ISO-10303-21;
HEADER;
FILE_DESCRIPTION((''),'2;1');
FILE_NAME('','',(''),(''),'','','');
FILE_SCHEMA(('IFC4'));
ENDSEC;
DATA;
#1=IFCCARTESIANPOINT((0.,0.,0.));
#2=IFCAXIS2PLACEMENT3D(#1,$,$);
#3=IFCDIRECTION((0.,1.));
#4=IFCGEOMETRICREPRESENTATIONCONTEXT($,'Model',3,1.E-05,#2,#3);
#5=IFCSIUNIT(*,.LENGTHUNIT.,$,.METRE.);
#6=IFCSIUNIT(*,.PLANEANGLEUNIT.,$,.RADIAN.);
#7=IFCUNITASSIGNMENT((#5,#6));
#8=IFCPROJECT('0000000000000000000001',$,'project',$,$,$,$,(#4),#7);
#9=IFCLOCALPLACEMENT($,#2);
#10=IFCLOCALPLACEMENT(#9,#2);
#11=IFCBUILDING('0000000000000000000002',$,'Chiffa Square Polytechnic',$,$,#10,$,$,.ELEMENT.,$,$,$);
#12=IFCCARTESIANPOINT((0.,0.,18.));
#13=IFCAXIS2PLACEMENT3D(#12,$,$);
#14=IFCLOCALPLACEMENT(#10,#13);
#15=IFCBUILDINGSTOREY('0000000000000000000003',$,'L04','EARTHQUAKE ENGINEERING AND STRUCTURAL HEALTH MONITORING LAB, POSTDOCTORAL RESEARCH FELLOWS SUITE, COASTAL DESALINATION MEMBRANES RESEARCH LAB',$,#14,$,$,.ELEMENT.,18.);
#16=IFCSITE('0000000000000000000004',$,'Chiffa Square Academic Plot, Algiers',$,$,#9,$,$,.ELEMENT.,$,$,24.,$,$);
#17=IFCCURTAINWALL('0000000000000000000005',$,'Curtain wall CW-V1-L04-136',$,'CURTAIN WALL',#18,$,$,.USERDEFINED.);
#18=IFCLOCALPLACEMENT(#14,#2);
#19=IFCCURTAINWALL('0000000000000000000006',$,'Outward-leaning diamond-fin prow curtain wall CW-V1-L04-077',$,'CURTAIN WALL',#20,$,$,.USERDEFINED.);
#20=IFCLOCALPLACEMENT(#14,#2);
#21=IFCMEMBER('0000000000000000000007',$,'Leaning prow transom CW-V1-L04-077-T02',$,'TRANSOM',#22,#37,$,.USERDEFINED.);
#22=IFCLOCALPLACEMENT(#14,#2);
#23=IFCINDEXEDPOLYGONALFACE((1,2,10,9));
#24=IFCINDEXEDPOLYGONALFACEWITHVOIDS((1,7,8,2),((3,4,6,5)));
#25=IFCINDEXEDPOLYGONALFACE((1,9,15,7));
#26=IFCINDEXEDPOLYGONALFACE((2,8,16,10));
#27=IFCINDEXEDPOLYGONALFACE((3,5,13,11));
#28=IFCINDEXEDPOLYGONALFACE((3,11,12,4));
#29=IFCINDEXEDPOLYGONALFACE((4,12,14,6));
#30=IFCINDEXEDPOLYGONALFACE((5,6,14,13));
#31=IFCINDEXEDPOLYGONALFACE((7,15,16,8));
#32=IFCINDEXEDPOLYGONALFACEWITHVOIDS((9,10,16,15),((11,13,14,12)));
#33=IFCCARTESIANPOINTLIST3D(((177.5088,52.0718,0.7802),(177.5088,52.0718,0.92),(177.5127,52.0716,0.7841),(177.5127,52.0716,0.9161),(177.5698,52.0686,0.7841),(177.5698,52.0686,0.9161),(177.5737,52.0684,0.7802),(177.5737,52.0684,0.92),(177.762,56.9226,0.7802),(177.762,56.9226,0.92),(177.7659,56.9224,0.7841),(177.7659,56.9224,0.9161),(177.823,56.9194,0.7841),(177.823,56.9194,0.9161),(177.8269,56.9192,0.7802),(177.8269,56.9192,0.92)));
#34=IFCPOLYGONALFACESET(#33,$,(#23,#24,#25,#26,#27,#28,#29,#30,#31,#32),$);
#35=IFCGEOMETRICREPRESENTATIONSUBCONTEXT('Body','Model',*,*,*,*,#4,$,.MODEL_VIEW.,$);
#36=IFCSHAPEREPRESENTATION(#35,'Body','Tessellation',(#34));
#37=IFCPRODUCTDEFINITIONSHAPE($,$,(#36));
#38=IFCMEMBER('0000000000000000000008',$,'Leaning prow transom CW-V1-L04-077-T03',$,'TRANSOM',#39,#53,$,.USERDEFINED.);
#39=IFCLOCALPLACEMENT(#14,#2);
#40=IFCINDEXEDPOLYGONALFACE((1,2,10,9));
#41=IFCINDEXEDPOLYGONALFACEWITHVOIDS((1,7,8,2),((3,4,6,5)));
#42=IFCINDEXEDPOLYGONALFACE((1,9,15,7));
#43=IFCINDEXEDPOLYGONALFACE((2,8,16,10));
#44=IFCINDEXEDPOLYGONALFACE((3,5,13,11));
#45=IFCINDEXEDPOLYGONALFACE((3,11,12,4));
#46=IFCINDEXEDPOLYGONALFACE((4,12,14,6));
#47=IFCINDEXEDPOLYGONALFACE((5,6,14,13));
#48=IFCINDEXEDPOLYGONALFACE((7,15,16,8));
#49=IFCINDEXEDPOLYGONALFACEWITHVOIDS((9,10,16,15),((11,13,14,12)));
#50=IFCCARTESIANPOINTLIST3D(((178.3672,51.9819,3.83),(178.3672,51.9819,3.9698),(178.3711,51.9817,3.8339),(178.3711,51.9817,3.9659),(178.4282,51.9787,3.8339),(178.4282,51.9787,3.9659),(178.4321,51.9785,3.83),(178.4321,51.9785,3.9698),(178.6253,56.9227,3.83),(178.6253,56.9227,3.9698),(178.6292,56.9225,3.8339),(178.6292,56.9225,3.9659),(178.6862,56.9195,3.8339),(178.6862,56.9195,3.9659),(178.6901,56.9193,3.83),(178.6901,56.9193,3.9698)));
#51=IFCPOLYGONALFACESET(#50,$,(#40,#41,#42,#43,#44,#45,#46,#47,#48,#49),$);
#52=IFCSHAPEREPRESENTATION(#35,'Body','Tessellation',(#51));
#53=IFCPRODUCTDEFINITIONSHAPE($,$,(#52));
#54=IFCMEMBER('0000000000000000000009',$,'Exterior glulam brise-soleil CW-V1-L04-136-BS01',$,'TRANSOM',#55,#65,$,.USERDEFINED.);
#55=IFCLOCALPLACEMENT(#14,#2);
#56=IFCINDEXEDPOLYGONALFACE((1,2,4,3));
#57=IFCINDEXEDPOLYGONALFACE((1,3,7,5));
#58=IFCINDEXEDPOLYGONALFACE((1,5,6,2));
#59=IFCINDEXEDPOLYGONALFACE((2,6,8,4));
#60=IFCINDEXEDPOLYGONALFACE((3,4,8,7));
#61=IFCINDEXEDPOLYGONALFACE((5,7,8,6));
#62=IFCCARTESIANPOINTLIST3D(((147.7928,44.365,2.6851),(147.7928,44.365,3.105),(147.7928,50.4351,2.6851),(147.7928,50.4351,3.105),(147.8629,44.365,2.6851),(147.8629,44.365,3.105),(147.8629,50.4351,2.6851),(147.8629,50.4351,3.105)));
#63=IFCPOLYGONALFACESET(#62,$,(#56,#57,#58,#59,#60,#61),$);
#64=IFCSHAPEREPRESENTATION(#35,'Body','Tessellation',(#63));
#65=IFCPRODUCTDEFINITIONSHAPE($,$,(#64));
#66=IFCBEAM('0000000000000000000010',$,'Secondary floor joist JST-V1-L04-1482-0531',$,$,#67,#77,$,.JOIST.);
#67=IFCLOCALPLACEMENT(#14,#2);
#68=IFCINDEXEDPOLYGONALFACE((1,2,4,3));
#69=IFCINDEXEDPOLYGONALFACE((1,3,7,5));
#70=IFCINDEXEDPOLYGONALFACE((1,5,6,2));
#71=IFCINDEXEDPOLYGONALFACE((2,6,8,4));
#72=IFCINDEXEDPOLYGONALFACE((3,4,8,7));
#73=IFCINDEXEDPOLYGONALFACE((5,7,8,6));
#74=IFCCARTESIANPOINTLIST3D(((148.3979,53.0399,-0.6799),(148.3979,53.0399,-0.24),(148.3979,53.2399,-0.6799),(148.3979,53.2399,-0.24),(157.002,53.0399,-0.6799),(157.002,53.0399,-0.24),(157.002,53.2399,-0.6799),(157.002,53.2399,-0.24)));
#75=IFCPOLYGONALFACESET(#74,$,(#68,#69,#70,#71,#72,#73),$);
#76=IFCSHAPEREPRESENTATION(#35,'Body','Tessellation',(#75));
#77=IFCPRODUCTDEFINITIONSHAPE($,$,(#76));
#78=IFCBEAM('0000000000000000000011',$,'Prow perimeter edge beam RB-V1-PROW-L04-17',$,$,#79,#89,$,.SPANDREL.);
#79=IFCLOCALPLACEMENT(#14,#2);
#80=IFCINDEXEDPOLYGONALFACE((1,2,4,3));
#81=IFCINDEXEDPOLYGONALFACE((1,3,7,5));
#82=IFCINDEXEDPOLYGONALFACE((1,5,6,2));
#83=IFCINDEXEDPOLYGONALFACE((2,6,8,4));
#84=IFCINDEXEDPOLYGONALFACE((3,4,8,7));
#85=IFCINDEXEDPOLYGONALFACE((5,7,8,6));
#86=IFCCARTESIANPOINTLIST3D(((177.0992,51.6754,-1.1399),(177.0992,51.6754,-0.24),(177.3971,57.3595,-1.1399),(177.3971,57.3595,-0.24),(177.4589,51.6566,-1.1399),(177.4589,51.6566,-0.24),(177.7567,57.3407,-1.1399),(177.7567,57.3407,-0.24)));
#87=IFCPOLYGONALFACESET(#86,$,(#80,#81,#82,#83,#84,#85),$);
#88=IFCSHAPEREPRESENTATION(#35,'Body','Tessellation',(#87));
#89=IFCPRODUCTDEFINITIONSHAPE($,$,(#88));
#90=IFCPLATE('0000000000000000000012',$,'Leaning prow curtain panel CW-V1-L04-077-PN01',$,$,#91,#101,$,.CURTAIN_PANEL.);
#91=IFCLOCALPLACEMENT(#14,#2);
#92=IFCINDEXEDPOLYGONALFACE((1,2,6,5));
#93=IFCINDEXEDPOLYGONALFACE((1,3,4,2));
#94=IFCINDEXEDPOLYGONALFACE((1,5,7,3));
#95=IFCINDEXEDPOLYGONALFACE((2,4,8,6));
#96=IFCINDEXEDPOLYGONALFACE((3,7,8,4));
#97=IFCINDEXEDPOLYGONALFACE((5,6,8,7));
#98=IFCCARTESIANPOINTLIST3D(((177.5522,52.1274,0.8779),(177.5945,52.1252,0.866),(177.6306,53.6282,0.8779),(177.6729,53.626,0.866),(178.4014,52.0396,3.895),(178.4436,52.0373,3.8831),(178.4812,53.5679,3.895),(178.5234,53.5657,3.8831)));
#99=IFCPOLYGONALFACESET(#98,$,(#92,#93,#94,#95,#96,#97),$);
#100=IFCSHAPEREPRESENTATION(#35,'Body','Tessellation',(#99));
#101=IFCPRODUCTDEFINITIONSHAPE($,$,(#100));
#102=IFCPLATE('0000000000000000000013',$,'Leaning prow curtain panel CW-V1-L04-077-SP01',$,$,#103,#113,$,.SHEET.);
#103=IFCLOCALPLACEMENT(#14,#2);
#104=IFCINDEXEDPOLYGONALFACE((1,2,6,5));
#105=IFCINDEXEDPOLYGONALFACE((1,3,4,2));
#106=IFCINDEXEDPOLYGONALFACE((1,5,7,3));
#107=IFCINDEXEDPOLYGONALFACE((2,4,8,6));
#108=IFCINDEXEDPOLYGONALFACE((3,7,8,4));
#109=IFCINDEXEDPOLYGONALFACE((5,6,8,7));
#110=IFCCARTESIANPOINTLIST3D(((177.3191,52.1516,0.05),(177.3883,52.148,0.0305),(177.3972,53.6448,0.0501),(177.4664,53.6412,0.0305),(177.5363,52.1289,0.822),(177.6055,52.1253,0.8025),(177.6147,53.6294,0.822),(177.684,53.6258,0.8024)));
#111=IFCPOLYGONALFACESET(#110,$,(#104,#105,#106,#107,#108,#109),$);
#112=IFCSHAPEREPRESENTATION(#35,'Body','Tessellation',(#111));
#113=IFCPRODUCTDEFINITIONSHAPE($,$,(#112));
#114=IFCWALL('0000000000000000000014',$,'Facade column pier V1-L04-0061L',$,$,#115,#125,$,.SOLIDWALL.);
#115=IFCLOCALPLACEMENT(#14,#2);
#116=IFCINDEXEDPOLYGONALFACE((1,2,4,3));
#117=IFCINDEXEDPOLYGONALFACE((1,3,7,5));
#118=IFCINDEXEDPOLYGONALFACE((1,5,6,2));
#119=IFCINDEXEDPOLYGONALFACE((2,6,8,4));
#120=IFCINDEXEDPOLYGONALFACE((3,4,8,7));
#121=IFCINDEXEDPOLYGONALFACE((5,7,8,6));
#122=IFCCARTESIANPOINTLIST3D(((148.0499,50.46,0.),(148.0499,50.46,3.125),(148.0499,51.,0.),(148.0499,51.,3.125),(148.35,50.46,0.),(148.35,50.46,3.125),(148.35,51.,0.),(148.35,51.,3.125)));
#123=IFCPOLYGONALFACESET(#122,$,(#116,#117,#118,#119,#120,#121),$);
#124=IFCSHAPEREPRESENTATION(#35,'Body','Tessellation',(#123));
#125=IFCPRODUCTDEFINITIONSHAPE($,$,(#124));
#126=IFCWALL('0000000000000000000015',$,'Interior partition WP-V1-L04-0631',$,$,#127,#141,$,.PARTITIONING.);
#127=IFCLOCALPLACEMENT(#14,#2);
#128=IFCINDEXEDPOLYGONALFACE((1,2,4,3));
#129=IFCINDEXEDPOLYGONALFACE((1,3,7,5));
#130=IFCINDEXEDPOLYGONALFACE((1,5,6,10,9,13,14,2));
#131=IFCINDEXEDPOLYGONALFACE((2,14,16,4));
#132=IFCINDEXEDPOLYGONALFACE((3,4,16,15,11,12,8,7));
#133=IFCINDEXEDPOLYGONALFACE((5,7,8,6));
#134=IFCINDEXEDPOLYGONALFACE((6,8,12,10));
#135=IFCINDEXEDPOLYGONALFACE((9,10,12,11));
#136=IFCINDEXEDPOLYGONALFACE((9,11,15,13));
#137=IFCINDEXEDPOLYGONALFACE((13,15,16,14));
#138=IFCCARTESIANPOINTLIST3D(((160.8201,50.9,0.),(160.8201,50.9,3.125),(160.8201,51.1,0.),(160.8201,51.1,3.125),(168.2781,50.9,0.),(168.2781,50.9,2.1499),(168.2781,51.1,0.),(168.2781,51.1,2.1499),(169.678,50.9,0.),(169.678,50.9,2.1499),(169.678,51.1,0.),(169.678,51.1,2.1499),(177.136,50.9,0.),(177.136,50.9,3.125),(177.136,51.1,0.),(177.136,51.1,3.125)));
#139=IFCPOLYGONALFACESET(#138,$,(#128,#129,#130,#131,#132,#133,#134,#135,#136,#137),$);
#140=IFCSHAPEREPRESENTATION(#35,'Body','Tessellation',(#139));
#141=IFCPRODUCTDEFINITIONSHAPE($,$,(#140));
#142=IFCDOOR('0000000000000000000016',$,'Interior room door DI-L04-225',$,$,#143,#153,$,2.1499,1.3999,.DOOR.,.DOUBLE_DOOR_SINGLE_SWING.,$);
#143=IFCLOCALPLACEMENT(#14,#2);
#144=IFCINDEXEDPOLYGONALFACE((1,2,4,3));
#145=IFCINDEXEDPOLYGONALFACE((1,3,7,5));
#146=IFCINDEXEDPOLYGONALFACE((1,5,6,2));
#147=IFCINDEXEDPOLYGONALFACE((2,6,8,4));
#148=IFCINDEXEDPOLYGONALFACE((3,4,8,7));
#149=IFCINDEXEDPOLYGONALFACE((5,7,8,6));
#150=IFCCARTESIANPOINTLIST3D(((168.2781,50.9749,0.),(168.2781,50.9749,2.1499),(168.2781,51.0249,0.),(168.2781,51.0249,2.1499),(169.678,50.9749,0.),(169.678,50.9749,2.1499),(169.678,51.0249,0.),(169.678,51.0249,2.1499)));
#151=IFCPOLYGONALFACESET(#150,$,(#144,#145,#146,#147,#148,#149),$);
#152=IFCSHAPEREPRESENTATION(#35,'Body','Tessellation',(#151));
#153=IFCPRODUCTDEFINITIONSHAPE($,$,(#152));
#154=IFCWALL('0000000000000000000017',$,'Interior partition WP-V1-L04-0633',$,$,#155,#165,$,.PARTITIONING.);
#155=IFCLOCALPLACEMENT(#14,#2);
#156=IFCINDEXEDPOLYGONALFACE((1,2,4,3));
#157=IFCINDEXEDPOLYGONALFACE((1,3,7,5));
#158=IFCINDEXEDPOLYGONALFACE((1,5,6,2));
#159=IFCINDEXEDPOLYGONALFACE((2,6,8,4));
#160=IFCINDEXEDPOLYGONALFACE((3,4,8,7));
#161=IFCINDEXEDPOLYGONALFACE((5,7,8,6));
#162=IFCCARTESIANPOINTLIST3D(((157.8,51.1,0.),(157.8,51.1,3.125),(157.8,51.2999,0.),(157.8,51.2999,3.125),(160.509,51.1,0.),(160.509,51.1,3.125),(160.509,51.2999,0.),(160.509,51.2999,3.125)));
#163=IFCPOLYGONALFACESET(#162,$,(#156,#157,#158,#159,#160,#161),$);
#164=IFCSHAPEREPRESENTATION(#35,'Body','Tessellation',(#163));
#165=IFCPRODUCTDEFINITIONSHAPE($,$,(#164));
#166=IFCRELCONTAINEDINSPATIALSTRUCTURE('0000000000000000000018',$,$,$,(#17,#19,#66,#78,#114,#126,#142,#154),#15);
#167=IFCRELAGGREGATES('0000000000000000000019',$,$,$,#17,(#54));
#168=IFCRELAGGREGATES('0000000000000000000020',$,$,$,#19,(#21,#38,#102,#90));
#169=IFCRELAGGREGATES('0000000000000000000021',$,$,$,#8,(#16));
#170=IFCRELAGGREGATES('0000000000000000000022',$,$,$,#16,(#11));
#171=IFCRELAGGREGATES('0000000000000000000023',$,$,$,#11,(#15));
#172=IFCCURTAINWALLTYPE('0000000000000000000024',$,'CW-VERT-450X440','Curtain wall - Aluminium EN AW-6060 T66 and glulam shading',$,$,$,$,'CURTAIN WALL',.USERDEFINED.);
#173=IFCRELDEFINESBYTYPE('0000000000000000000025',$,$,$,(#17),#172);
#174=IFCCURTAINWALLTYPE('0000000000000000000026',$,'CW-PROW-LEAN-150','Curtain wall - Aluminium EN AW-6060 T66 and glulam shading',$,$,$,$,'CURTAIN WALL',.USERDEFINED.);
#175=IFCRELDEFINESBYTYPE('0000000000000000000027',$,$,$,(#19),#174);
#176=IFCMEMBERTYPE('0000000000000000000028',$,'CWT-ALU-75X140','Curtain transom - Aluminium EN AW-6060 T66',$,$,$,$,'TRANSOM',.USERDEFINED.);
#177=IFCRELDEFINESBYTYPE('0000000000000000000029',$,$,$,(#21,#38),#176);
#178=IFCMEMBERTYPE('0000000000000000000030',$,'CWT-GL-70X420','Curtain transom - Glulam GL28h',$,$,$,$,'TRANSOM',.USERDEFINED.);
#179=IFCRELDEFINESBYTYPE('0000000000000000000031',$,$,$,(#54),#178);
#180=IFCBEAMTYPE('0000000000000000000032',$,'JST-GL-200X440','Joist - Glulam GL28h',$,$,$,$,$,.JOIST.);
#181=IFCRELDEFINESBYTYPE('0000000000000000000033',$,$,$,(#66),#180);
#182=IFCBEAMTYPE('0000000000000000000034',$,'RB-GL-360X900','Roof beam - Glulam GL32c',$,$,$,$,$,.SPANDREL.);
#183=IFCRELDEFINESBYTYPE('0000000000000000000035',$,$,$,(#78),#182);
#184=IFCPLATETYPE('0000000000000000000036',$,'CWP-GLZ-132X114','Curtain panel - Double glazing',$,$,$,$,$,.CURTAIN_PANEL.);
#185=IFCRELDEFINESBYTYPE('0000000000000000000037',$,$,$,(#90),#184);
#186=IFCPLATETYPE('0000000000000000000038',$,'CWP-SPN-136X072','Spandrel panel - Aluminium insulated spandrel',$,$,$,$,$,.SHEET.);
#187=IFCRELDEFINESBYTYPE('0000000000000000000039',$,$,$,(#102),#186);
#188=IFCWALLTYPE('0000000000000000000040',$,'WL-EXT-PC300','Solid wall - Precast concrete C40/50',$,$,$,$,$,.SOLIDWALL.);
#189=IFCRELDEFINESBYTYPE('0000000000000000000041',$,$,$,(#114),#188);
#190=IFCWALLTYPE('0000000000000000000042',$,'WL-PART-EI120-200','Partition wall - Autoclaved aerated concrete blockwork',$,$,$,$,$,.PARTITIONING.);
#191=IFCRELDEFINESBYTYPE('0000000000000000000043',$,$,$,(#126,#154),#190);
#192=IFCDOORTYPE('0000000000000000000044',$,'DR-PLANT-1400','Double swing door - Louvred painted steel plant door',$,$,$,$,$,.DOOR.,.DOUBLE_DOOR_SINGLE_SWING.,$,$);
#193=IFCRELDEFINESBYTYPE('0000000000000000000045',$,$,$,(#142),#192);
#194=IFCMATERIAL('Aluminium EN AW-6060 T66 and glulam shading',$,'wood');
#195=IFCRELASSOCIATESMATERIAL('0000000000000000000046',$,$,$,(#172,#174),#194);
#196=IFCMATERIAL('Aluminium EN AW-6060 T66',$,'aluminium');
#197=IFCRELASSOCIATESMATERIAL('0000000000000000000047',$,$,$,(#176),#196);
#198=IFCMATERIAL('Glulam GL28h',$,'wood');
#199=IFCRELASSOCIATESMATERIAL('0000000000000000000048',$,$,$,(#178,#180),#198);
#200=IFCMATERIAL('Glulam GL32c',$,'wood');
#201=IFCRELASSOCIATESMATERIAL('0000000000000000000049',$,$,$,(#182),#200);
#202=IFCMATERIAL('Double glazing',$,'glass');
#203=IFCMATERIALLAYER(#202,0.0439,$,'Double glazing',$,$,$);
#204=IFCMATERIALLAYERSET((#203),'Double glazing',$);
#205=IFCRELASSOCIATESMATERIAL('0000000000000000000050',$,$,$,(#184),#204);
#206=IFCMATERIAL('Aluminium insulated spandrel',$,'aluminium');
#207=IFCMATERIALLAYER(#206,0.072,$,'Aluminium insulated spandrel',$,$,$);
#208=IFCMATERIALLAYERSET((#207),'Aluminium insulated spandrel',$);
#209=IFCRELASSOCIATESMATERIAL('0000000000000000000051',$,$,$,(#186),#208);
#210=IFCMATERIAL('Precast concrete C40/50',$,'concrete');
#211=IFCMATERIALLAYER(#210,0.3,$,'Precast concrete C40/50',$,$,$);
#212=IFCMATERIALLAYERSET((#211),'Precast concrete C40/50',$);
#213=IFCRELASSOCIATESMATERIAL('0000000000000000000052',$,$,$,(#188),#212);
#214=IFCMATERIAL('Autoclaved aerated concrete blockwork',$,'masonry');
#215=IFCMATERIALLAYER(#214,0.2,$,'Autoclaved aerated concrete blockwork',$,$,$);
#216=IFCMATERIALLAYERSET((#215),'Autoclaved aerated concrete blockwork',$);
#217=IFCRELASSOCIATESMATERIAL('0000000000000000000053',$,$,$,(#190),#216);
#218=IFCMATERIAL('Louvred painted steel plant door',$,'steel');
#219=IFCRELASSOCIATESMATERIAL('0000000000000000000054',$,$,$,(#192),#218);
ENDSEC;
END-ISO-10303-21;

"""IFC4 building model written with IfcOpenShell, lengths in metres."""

from ifc_helpers import new_model, si_unit, direction, frame, frame_2d, origin, origin_2d, place, context, subcontext, project, spatial, polyline, rectangle, hollow_rectangle, outline, extrude, material, layer, layer_set, material_profile, profile_set, type_object, element, fill, aggregate, save


model = new_model("IFC4")

# Units and contexts
model_context = context("Model", 3, precision=1e-05, world=origin(), true_north=direction((0.0, 1.0)))
body_context = subcontext(model_context, "Body", "Model", "MODEL_VIEW")
ifc_project = project(units=[si_unit("LENGTHUNIT", "METRE"), si_unit("PLANEANGLEUNIT", "RADIAN")], contexts=[model_context])

# Site, building, storey
site_placement = place(None, origin())
site = spatial("IfcSite", under=ifc_project, at=site_placement, Name="Chiffa Square Academic Plot, Algiers", CompositionType="ELEMENT", RefElevation=24.0)
building_placement = place(site_placement, origin())
building = spatial("IfcBuilding", under=site, at=building_placement, Name="Chiffa Square Polytechnic", CompositionType="ELEMENT")
storey_placement = place(building_placement, frame((0.0, 0.0, 18.0)))
storey = spatial("IfcBuildingStorey", under=building, at=storey_placement, Name="L04", Description="EARTHQUAKE ENGINEERING AND STRUCTURAL HEALTH MONITORING LAB, POSTDOCTORAL RESEARCH FELLOWS SUITE, COASTAL DESALINATION MEMBRANES RESEARCH LAB", CompositionType="ELEMENT", Elevation=18.0)

# Shared definitions
ifc_material_1 = material(Name="Glulam GL32c", Category="wood")

# Curtain walls
ifc_material_2 = material(Name="Aluminium EN AW-6060 T66 and glulam shading", Category="wood")
curtain_wall_type_1 = type_object("IfcCurtainWallType", Name="CW-VERT-450X440", Description="Curtain wall - Aluminium EN AW-6060 T66 and glulam shading", ElementType="CURTAIN WALL", PredefinedType="USERDEFINED", material=ifc_material_2)
curtain_wall_1_placement = place(storey_placement, origin())
curtain_wall_1 = element("IfcCurtainWall", 1, at=curtain_wall_1_placement, inside=storey, type_object=curtain_wall_type_1, Name="Curtain wall CW-V1-L04-136", ObjectType="CURTAIN WALL", PredefinedType="USERDEFINED")
ifc_material_3 = material(Name="Aluminium EN AW-6060 T66", Category="aluminium")
curtain_wall_type_2 = type_object("IfcCurtainWallType", Name="CW-PROW-LEAN-150", Description="Curtain wall - Aluminium EN AW-6060 T66 and glulam shading", ElementType="CURTAIN WALL", PredefinedType="USERDEFINED", material=ifc_material_2)
curtain_wall_2_placement = place(storey_placement, origin())
curtain_wall_2 = element("IfcCurtainWall", 2, at=curtain_wall_2_placement, inside=storey, type_object=curtain_wall_type_2, Name="Outward-leaning diamond-fin prow curtain wall CW-V1-L04-077", ObjectType="CURTAIN WALL", PredefinedType="USERDEFINED")

# Members
ifc_material_4 = material(Name="Glulam GL28h", Category="wood")
ifc_material_profile_1 = material_profile(ifc_material_3, hollow_rectangle(XDim=0.0649, YDim=0.1399, WallThickness=0.0039, at=origin_2d()), Name="ALU 65x140x4")
ifc_profile_set_1 = profile_set([ifc_material_profile_1], Name="Aluminium EN AW-6060 T66")
member_type_1 = type_object("IfcMemberType", Name="CWT-ALU-75X140", Description="Curtain transom - Aluminium EN AW-6060 T66", ElementType="TRANSOM", PredefinedType="USERDEFINED", material=ifc_profile_set_1)
member_1_placement = place(storey_placement, frame((177.5413, 52.0701, 0.8501), z_axis=(0.052121, 0.998641, 0.0), x_axis=(-0.998641, 0.052121, 0.0)))
member_1 = element("IfcMember", 3, at=member_1_placement, type_object=member_type_1, Name="Leaning prow transom CW-V1-L04-077-T02", ObjectType="TRANSOM", PredefinedType="USERDEFINED", context=body_context, shape_type="SweptSolid", body=[
    extrude(hollow_rectangle(XDim=0.0649, YDim=0.1399, WallThickness=0.0039, at=origin_2d()), origin(), (0.0, 0.0, 1.0), 4.8574),
])
member_2_placement = place(storey_placement, frame((178.3997, 51.9802, 3.8999), z_axis=(0.05216, 0.998639, 0.0), x_axis=(-0.998639, 0.05216, 0.0)))
member_2 = element("IfcMember", 4, at=member_2_placement, type_object=member_type_1, Name="Leaning prow transom CW-V1-L04-077-T03", ObjectType="TRANSOM", PredefinedType="USERDEFINED", context=body_context, shape_type="SweptSolid", body=[
    extrude(hollow_rectangle(XDim=0.0649, YDim=0.1399, WallThickness=0.0039, at=origin_2d()), origin(), (0.0, 0.0, 1.0), 4.9475),
])
ifc_material_profile_2 = material_profile(ifc_material_4, rectangle(XDim=0.0701, YDim=0.4199, at=origin_2d()), Name="GL28h 70x420")
ifc_profile_set_2 = profile_set([ifc_material_profile_2], Name="Glulam GL28h")
member_type_2 = type_object("IfcMemberType", Name="CWT-GL-70X420", Description="Curtain transom - Glulam GL28h", ElementType="TRANSOM", PredefinedType="USERDEFINED", material=ifc_profile_set_2)
member_3_placement = place(storey_placement, frame((147.8279, 50.4351, 2.895), z_axis=(0.0, -1.0, 0.0), x_axis=(1.0, 0.0, 0.0)))
member_3 = element("IfcMember", 5, at=member_3_placement, type_object=member_type_2, Name="Exterior glulam brise-soleil CW-V1-L04-136-BS01", ObjectType="TRANSOM", PredefinedType="USERDEFINED", context=body_context, shape_type="SweptSolid", body=[
    extrude(rectangle(XDim=0.0701, YDim=0.4199, at=origin_2d()), origin(), (0.0, 0.0, 1.0), 6.0701),
])
aggregate(curtain_wall_1, [member_3])

# Beams
ifc_material_profile_3 = material_profile(ifc_material_4, rectangle(XDim=0.2, YDim=0.4399, at=origin_2d()), Name="GL28h 200x440")
ifc_profile_set_3 = profile_set([ifc_material_profile_3], Name="Glulam GL28h")
beam_type_1 = type_object("IfcBeamType", Name="JST-GL-200X440", Description="Joist - Glulam GL28h", PredefinedType="JOIST", material=ifc_profile_set_3)
beam_1_placement = place(storey_placement, frame((148.3979, 53.1399, -0.46), z_axis=(1.0, 0.0, 0.0), x_axis=(0.0, 1.0, 0.0)))
element("IfcBeam", 6, at=beam_1_placement, inside=storey, type_object=beam_type_1, Name="Secondary floor joist JST-V1-L04-1482-0531", PredefinedType="JOIST", context=body_context, shape_type="SweptSolid", body=[
    extrude(rectangle(XDim=0.2, YDim=0.4399, at=origin_2d()), origin(), (0.0, 0.0, 1.0), 8.604),
])
ifc_material_profile_4 = material_profile(ifc_material_1, rectangle(XDim=0.3601, YDim=0.8999, at=origin_2d()), Name="GL32c 360x900")
ifc_profile_set_4 = profile_set([ifc_material_profile_4], Name="Glulam GL32c")
beam_type_2 = type_object("IfcBeamType", Name="RB-GL-360X900", Description="Roof beam - Glulam GL32c", PredefinedType="SPANDREL", material=ifc_profile_set_4)
beam_2_placement = place(storey_placement, frame((177.2791, 51.666, -0.6899), z_axis=(0.052329, 0.99863, 0.0), x_axis=(-0.99863, 0.052329, 0.0)))
element("IfcBeam", 7, at=beam_2_placement, inside=storey, type_object=beam_type_2, Name="Prow perimeter edge beam RB-V1-PROW-L04-17", PredefinedType="SPANDREL", context=body_context, shape_type="SweptSolid", body=[
    extrude(rectangle(XDim=0.3601, YDim=0.8999, at=origin_2d()), origin(), (0.0, 0.0, 1.0), 5.6919),
])

# Plates
ifc_material_5 = material(Name="Double glazing", Category="glass")
ifc_layer_1 = layer(ifc_material_5, 0.0439, Name="Double glazing")
ifc_layer_set_1 = layer_set([ifc_layer_1], Name="Double glazing")
plate_type_1 = type_object("IfcPlateType", Name="CWP-GLZ-132X114", Description="Curtain panel - Double glazing", PredefinedType="CURTAIN_PANEL", material=ifc_layer_set_1)
plate_1_placement = place(storey_placement, frame((177.5522, 52.1274, 0.8779), z_axis=(-0.961007, 0.050192, 0.271929), x_axis=(0.052157, 0.998639, -0.000002)))
plate_1 = element("IfcPlate", 8, at=plate_1_placement, type_object=plate_type_1, Name="Leaning prow curtain panel CW-V1-L04-077-PN01", PredefinedType="CURTAIN_PANEL", context=body_context, shape_type="SweptSolid", body=[
    extrude(outline(polyline([(0.0, 0.0), (1.5028, 0.0), (1.4869, -3.1352), (-0.0435, -3.1352), (0.0, 0.0)])), origin(), (0.0, 0.0, -1.0), 0.0439),
])
ifc_material_6 = material(Name="Aluminium insulated spandrel", Category="aluminium")
ifc_layer_2 = layer(ifc_material_6, 0.072, Name="Aluminium insulated spandrel")
ifc_layer_set_2 = layer_set([ifc_layer_2], Name="Aluminium insulated spandrel")
plate_type_2 = type_object("IfcPlateType", Name="CWP-SPN-136X072", Description="Spandrel panel - Aluminium insulated spandrel", PredefinedType="SHEET", material=ifc_layer_set_2)
plate_2_placement = place(storey_placement, frame((177.3191, 52.1516, 0.05), z_axis=(-0.961017, 0.050237, 0.271886), x_axis=(0.052207, 0.998636, 0.000012)))
plate_2 = element("IfcPlate", 9, at=plate_2_placement, type_object=plate_type_2, Name="Leaning prow curtain panel CW-V1-L04-077-SP01", PredefinedType="SHEET", context=body_context, shape_type="SweptSolid", body=[
    extrude(outline(polyline([(0.0, 0.0), (1.4952, 0.0), (1.4912, -0.8022), (-0.0113, -0.8022), (0.0, 0.0)])), origin(), (0.0, 0.0, -1.0), 0.072),
])
aggregate(curtain_wall_2, [member_1, member_2, plate_2, plate_1])

# Wall
ifc_material_7 = material(Name="Precast concrete C40/50", Category="concrete")
ifc_layer_3 = layer(ifc_material_7, 0.3, Name="Precast concrete C40/50")
ifc_layer_set_3 = layer_set([ifc_layer_3], Name="Precast concrete C40/50")
wall_type_1 = type_object("IfcWallType", Name="WL-EXT-PC300", Description="Solid wall - Precast concrete C40/50", PredefinedType="SOLIDWALL", material=ifc_layer_set_3)
wall_1_placement = place(storey_placement, frame((148.2, 51.0, 0.0), z_axis=(0.0, 0.0, 1.0), x_axis=(0.0, -1.0, 0.0)))
element("IfcWall", 10, at=wall_1_placement, inside=storey, type_object=wall_type_1, Name="Facade column pier V1-L04-0061L", PredefinedType="SOLIDWALL", context=body_context, shape_type="SweptSolid", body=[
    extrude(rectangle(XDim=0.54, YDim=0.3, at=frame_2d((0.27, 0.0))), origin(), (0.0, 0.0, 1.0), 3.125),
])

# Wall, opening, door
ifc_material_8 = material(Name="Autoclaved aerated concrete blockwork", Category="masonry")
ifc_layer_4 = layer(ifc_material_8, 0.2, Name="Autoclaved aerated concrete blockwork")
ifc_layer_set_4 = layer_set([ifc_layer_4], Name="Autoclaved aerated concrete blockwork")
wall_type_2 = type_object("IfcWallType", Name="WL-PART-EI120-200", Description="Partition wall - Autoclaved aerated concrete blockwork", PredefinedType="PARTITIONING", material=ifc_layer_set_4)
wall_2_placement = place(storey_placement, frame((160.8201, 51.0, 0.0), z_axis=(0.0, 0.0, 1.0), x_axis=(1.0, 0.0, 0.0)))
wall_2 = element("IfcWall", 11, at=wall_2_placement, inside=storey, type_object=wall_type_2, Name="Interior partition WP-V1-L04-0631", PredefinedType="PARTITIONING", context=body_context, shape_type="SweptSolid", body=[
    extrude(rectangle(XDim=16.3159, YDim=0.2, at=frame_2d((8.158, 0.0))), origin(), (0.0, 0.0, 1.0), 3.125),
])
opening_placement = place(wall_2_placement, frame((7.458, 0.0, 0.0)))
opening = element("IfcOpeningElement", 12, at=opening_placement, cuts=wall_2, PredefinedType="OPENING", context=body_context, shape_type="SweptSolid", body=[
    extrude(rectangle(XDim=1.3999, YDim=2.1499, at=frame_2d((0.7, 1.075))), frame((0.0, 0.1099, 0.0), z_axis=(0.0, -1.0, 0.0), x_axis=(1.0, 0.0, 0.0)), (0.0, 0.0, 1.0), 0.22),
])
ifc_material_9 = material(Name="Louvred painted steel plant door", Category="steel")
door_type = type_object("IfcDoorType", Name="DR-PLANT-1400", Description="Double swing door - Louvred painted steel plant door", OperationType="DOUBLE_DOOR_SINGLE_SWING", PredefinedType="DOOR", material=ifc_material_9)
door_placement = place(opening_placement, origin())
door = element("IfcDoor", 13, at=door_placement, inside=storey, type_object=door_type, Name="Interior room door DI-L04-225", OperationType="DOUBLE_DOOR_SINGLE_SWING", OverallHeight=2.1499, OverallWidth=1.3999, PredefinedType="DOOR", context=body_context, shape_type="SweptSolid", body=[
    extrude(rectangle(XDim=1.3999, YDim=2.1499, at=frame_2d((0.7, 1.075))), frame((0.0, 0.0249, 0.0), z_axis=(0.0, -1.0, 0.0), x_axis=(1.0, 0.0, 0.0)), (0.0, 0.0, 1.0), 0.05),
])
fill(opening, door)

# Wall
wall_3_placement = place(storey_placement, frame((157.8, 51.2, 0.0), z_axis=(0.0, 0.0, 1.0), x_axis=(1.0, 0.0, 0.0)))
element("IfcWall", 14, at=wall_3_placement, inside=storey, type_object=wall_type_2, Name="Interior partition WP-V1-L04-0633", PredefinedType="PARTITIONING", context=body_context, shape_type="SweptSolid", body=[
    extrude(rectangle(XDim=2.709, YDim=0.2, at=frame_2d((1.3545, 0.0))), origin(), (0.0, 0.0, 1.0), 3.125),
])

save(model, "model.ifc")
